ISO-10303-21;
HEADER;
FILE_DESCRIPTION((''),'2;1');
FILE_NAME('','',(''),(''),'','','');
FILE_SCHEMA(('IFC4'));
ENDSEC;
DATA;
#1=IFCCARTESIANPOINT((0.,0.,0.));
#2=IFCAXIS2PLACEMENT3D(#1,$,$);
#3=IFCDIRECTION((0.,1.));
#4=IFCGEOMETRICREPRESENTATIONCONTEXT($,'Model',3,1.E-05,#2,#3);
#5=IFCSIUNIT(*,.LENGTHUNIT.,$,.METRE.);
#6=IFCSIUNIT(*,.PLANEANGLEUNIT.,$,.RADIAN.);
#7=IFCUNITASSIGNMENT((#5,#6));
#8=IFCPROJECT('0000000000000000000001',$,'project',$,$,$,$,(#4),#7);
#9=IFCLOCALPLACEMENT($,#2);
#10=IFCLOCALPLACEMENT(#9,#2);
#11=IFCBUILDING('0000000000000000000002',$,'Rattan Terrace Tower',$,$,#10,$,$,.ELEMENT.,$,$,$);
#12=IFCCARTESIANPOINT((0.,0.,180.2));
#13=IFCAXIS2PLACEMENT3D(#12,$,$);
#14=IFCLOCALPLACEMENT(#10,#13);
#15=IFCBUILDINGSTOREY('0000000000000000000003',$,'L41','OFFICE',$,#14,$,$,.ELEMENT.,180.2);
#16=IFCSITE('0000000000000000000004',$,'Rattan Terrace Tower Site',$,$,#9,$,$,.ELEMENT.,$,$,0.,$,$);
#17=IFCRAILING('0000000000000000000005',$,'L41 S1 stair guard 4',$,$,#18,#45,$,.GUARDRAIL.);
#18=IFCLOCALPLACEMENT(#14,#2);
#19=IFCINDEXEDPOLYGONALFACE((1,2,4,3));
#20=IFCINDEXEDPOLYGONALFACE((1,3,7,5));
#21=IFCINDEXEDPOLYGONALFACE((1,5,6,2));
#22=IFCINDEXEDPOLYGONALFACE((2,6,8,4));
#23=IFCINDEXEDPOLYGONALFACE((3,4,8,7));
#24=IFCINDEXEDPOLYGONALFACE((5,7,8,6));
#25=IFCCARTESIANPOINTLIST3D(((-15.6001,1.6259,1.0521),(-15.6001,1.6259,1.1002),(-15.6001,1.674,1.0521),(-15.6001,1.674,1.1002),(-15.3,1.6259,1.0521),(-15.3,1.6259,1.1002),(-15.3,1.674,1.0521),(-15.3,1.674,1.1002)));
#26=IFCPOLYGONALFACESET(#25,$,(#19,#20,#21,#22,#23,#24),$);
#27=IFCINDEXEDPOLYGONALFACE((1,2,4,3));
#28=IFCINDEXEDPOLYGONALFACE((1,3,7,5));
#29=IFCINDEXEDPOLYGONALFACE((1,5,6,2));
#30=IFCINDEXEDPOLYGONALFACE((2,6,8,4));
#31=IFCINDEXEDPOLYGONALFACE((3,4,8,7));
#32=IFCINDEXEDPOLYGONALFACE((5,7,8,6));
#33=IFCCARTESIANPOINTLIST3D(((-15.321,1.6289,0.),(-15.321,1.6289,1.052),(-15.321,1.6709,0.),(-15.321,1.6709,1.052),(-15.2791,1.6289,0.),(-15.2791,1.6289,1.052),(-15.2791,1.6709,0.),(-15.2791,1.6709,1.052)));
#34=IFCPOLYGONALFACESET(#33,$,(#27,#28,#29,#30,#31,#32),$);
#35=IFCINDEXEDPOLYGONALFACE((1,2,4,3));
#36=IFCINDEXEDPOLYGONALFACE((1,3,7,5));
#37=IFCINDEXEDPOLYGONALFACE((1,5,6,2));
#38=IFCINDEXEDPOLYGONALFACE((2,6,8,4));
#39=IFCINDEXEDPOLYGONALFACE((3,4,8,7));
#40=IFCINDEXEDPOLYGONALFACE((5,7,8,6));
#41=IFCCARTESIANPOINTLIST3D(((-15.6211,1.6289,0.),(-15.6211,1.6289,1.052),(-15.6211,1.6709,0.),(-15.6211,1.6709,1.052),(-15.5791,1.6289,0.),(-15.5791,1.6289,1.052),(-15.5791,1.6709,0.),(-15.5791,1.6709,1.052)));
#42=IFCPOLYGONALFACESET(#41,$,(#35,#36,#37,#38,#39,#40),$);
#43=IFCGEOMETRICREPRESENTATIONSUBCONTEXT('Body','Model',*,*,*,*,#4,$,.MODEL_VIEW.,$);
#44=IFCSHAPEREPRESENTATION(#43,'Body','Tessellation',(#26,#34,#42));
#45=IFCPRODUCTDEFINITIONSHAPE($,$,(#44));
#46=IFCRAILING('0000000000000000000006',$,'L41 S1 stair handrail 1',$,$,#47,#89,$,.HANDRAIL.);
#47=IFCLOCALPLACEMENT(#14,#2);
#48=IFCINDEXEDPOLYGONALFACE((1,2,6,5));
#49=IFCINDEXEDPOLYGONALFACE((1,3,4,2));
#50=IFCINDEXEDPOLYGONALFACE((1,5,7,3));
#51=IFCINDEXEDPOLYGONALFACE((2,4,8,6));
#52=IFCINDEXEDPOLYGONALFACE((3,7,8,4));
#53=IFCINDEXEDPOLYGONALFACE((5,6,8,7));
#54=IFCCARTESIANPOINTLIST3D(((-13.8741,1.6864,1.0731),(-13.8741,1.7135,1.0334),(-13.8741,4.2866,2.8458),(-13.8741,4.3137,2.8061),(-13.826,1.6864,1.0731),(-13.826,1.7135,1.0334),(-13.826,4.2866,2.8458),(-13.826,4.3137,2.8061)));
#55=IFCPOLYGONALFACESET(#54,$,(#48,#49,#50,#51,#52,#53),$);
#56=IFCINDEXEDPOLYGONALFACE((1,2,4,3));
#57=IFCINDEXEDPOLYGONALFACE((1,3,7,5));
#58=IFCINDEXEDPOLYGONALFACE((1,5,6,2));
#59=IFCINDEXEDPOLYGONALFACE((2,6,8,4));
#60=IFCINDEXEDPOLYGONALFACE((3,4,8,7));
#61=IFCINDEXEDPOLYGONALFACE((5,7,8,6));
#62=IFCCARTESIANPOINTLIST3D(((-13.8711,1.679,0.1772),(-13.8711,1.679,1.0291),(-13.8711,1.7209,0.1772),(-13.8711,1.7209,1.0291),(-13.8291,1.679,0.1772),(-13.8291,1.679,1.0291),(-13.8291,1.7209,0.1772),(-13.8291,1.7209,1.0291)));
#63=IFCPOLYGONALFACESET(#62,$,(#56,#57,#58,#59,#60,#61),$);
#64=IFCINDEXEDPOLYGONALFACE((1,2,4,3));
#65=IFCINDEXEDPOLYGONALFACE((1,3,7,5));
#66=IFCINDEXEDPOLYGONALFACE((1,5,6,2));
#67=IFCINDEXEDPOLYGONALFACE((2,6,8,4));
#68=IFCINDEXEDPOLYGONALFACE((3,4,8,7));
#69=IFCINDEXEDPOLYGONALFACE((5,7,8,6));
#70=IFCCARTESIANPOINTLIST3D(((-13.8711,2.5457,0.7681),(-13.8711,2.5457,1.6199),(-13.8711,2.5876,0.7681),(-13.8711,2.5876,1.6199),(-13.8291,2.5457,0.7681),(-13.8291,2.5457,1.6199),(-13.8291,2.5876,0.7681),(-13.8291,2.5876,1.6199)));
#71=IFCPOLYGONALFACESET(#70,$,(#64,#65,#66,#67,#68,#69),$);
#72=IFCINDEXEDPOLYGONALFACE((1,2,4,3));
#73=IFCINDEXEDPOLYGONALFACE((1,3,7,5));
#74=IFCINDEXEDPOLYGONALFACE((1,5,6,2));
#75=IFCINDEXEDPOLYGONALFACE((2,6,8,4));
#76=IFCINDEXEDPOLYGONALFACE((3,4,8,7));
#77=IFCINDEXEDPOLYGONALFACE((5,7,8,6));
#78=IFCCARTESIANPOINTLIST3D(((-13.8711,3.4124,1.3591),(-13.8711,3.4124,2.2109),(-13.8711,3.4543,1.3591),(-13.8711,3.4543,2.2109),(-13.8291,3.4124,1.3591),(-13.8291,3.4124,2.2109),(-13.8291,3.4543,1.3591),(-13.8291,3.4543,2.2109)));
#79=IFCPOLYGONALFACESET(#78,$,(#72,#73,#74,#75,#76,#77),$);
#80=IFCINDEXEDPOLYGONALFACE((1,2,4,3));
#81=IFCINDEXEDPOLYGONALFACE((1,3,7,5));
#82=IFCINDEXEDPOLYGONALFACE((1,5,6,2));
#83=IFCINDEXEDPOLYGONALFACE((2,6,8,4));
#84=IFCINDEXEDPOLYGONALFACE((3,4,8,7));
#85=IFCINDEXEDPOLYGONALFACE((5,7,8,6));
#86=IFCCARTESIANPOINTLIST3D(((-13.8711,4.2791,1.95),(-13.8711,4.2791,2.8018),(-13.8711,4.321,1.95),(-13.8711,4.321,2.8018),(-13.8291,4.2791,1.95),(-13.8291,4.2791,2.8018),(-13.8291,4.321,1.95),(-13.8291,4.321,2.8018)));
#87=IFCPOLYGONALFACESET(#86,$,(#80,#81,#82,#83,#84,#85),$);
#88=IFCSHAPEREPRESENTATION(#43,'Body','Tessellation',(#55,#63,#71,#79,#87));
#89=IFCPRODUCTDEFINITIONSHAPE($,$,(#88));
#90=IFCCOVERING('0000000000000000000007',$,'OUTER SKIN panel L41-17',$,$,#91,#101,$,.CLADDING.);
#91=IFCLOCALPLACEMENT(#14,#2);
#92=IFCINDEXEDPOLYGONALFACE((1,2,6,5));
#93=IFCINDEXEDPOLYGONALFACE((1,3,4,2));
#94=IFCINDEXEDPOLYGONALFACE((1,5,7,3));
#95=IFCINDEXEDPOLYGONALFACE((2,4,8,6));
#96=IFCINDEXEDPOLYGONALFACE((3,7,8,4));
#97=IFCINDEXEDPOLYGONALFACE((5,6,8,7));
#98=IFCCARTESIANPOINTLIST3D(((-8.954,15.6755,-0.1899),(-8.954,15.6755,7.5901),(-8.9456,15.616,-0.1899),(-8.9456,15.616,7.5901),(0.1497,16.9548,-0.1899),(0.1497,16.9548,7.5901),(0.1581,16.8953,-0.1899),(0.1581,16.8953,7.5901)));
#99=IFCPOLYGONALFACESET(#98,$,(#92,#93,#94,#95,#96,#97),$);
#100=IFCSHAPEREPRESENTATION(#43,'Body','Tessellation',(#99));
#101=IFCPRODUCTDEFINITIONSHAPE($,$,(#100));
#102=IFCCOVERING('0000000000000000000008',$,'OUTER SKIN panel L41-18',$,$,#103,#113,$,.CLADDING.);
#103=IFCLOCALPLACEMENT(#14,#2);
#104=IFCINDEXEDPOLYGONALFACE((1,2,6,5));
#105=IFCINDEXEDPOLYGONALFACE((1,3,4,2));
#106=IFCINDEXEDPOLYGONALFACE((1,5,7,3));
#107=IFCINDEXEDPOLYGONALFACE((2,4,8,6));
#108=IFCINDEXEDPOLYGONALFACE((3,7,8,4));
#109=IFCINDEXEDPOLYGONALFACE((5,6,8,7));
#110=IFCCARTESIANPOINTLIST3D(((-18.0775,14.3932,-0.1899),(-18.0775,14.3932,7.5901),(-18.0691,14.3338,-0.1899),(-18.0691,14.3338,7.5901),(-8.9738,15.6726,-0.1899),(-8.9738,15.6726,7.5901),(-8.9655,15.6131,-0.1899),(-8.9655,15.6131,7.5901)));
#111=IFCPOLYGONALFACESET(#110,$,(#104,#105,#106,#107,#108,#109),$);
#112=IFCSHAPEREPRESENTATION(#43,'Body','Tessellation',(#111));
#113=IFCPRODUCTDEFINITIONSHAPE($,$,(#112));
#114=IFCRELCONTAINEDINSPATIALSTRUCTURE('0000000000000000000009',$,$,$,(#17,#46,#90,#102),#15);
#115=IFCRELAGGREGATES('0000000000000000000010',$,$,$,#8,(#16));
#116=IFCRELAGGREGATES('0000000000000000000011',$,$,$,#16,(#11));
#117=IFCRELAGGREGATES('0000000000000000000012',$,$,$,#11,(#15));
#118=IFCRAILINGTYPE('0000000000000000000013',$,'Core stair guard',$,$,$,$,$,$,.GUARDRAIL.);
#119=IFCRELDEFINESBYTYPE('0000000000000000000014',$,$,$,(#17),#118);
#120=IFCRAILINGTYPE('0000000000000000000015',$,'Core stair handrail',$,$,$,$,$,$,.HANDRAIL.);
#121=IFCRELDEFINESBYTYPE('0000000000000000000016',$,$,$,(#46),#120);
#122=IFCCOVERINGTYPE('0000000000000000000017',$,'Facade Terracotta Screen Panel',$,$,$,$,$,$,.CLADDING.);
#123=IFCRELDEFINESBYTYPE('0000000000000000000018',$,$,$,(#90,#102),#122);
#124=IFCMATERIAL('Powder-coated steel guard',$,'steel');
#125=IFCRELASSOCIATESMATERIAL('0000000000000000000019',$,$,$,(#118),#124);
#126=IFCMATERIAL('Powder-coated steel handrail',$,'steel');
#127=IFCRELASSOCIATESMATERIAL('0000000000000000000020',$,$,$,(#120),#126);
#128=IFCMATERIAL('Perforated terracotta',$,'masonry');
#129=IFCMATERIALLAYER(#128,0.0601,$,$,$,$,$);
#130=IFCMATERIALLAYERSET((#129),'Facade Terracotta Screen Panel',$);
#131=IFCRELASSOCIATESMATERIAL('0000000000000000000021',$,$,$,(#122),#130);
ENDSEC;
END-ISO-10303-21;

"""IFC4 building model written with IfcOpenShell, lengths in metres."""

from ifc_helpers import new_model, si_unit, direction, frame, origin, origin_2d, place, context, subcontext, project, spatial, rectangle, extrude, material, layer, layer_set, type_object, element, save


model = new_model("IFC4")

# Units and contexts
model_context = context("Model", 3, precision=1e-05, world=origin(), true_north=direction((0.0, 1.0)))
body_context = subcontext(model_context, "Body", "Model", "MODEL_VIEW")
ifc_project = project(units=[si_unit("LENGTHUNIT", "METRE"), si_unit("PLANEANGLEUNIT", "RADIAN")], contexts=[model_context])

# Site, building, storey
site_placement = place(None, origin())
site = spatial("IfcSite", under=ifc_project, at=site_placement, Name="Rattan Terrace Tower Site", CompositionType="ELEMENT", RefElevation=0.0)
building_placement = place(site_placement, origin())
building = spatial("IfcBuilding", under=site, at=building_placement, Name="Rattan Terrace Tower", CompositionType="ELEMENT")
storey_placement = place(building_placement, frame((0.0, 0.0, 180.2)))
storey = spatial("IfcBuildingStorey", under=building, at=storey_placement, Name="L41", Description="OFFICE", CompositionType="ELEMENT", Elevation=180.2)

# Railings
ifc_material_1 = material(Name="Powder-coated steel guard", Category="steel")
railing_type_1 = type_object("IfcRailingType", Name="Core stair guard", PredefinedType="GUARDRAIL", material=ifc_material_1)
railing_1_placement = place(storey_placement, frame((-15.3, 1.6499, 0.0)))
element("IfcRailing", 1, at=railing_1_placement, inside=storey, type_object=railing_type_1, Name="L41 S1 stair guard 4", PredefinedType="GUARDRAIL", context=body_context, shape_type="SweptSolid", body=[
    extrude(rectangle(XDim=0.0481, YDim=0.0481, at=origin_2d()), frame((0.0, 0.0, 1.0762), z_axis=(-1.0, 0.0, 0.0), x_axis=(0.0, -1.0, 0.0)), (0.0, 0.0, 1.0), 0.3),
    extrude(rectangle(XDim=0.042, YDim=0.042, at=origin_2d()), origin(), (0.0, 0.0, 1.0), 1.052),
    extrude(rectangle(XDim=0.042, YDim=0.042, at=origin_2d()), frame((-0.3, 0.0, 0.0)), (0.0, 0.0, 1.0), 1.052),
])
ifc_material_2 = material(Name="Powder-coated steel handrail", Category="steel")
railing_type_2 = type_object("IfcRailingType", Name="Core stair handrail", PredefinedType="HANDRAIL", material=ifc_material_2)
railing_2_placement = place(storey_placement, frame((-13.8501, 1.7, 0.1772)))
element("IfcRailing", 2, at=railing_2_placement, inside=storey, type_object=railing_type_2, Name="L41 S1 stair handrail 1", PredefinedType="HANDRAIL", context=body_context, shape_type="SweptSolid", body=[
    extrude(rectangle(XDim=0.0481, YDim=0.0481, at=origin_2d()), frame((0.0, 0.0, 0.876), z_axis=(0.0, 0.82624, 0.563318), x_axis=(-1.0, 0.0, 0.0)), (0.0, 0.0, 1.0), 3.147),
    extrude(rectangle(XDim=0.042, YDim=0.042, at=origin_2d()), origin(), (0.0, 0.0, 1.0), 0.8518),
    extrude(rectangle(XDim=0.042, YDim=0.042, at=origin_2d()), frame((0.0, 0.8667, 0.5908)), (0.0, 0.0, 1.0), 0.8518),
    extrude(rectangle(XDim=0.042, YDim=0.042, at=origin_2d()), frame((0.0, 1.7334, 1.1819)), (0.0, 0.0, 1.0), 0.8518),
    extrude(rectangle(XDim=0.042, YDim=0.042, at=origin_2d()), frame((0.0, 2.6001, 1.7727)), (0.0, 0.0, 1.0), 0.8518),
])

# Coverings
ifc_material_3 = material(Name="Perforated terracotta", Category="masonry")
ifc_layer_1 = layer(ifc_material_3, 0.0601)
ifc_layer_set_1 = layer_set([ifc_layer_1], Name="Facade Terracotta Screen Panel")
covering_type = type_object("IfcCoveringType", Name="Facade Terracotta Screen Panel", PredefinedType="CLADDING", material=ifc_layer_set_1)
for number, where, z_axis, x_axis, name in (
    (3, (-4.3979, 16.2854, -0.1899), (0.0, 0.0, 1.0), (-0.99027, -0.139161, 0.0), "OUTER SKIN panel L41-17"),
    (4, (-13.5215, 15.0032, -0.1899), (0.0, 0.0, 1.0), (-0.99027, -0.139161, 0.0), "OUTER SKIN panel L41-18"),
):
    element("IfcCovering", number, at=place(storey_placement, frame(where, z_axis=z_axis, x_axis=x_axis)), inside=storey, type_object=covering_type, Name=name, PredefinedType="CLADDING", context=body_context, shape_type="SweptSolid", body=[
        extrude(rectangle(XDim=9.1931, YDim=0.0601, at=origin_2d()), origin(), (0.0, 0.0, 1.0), 7.78),
    ])

save(model, "model.ifc")
